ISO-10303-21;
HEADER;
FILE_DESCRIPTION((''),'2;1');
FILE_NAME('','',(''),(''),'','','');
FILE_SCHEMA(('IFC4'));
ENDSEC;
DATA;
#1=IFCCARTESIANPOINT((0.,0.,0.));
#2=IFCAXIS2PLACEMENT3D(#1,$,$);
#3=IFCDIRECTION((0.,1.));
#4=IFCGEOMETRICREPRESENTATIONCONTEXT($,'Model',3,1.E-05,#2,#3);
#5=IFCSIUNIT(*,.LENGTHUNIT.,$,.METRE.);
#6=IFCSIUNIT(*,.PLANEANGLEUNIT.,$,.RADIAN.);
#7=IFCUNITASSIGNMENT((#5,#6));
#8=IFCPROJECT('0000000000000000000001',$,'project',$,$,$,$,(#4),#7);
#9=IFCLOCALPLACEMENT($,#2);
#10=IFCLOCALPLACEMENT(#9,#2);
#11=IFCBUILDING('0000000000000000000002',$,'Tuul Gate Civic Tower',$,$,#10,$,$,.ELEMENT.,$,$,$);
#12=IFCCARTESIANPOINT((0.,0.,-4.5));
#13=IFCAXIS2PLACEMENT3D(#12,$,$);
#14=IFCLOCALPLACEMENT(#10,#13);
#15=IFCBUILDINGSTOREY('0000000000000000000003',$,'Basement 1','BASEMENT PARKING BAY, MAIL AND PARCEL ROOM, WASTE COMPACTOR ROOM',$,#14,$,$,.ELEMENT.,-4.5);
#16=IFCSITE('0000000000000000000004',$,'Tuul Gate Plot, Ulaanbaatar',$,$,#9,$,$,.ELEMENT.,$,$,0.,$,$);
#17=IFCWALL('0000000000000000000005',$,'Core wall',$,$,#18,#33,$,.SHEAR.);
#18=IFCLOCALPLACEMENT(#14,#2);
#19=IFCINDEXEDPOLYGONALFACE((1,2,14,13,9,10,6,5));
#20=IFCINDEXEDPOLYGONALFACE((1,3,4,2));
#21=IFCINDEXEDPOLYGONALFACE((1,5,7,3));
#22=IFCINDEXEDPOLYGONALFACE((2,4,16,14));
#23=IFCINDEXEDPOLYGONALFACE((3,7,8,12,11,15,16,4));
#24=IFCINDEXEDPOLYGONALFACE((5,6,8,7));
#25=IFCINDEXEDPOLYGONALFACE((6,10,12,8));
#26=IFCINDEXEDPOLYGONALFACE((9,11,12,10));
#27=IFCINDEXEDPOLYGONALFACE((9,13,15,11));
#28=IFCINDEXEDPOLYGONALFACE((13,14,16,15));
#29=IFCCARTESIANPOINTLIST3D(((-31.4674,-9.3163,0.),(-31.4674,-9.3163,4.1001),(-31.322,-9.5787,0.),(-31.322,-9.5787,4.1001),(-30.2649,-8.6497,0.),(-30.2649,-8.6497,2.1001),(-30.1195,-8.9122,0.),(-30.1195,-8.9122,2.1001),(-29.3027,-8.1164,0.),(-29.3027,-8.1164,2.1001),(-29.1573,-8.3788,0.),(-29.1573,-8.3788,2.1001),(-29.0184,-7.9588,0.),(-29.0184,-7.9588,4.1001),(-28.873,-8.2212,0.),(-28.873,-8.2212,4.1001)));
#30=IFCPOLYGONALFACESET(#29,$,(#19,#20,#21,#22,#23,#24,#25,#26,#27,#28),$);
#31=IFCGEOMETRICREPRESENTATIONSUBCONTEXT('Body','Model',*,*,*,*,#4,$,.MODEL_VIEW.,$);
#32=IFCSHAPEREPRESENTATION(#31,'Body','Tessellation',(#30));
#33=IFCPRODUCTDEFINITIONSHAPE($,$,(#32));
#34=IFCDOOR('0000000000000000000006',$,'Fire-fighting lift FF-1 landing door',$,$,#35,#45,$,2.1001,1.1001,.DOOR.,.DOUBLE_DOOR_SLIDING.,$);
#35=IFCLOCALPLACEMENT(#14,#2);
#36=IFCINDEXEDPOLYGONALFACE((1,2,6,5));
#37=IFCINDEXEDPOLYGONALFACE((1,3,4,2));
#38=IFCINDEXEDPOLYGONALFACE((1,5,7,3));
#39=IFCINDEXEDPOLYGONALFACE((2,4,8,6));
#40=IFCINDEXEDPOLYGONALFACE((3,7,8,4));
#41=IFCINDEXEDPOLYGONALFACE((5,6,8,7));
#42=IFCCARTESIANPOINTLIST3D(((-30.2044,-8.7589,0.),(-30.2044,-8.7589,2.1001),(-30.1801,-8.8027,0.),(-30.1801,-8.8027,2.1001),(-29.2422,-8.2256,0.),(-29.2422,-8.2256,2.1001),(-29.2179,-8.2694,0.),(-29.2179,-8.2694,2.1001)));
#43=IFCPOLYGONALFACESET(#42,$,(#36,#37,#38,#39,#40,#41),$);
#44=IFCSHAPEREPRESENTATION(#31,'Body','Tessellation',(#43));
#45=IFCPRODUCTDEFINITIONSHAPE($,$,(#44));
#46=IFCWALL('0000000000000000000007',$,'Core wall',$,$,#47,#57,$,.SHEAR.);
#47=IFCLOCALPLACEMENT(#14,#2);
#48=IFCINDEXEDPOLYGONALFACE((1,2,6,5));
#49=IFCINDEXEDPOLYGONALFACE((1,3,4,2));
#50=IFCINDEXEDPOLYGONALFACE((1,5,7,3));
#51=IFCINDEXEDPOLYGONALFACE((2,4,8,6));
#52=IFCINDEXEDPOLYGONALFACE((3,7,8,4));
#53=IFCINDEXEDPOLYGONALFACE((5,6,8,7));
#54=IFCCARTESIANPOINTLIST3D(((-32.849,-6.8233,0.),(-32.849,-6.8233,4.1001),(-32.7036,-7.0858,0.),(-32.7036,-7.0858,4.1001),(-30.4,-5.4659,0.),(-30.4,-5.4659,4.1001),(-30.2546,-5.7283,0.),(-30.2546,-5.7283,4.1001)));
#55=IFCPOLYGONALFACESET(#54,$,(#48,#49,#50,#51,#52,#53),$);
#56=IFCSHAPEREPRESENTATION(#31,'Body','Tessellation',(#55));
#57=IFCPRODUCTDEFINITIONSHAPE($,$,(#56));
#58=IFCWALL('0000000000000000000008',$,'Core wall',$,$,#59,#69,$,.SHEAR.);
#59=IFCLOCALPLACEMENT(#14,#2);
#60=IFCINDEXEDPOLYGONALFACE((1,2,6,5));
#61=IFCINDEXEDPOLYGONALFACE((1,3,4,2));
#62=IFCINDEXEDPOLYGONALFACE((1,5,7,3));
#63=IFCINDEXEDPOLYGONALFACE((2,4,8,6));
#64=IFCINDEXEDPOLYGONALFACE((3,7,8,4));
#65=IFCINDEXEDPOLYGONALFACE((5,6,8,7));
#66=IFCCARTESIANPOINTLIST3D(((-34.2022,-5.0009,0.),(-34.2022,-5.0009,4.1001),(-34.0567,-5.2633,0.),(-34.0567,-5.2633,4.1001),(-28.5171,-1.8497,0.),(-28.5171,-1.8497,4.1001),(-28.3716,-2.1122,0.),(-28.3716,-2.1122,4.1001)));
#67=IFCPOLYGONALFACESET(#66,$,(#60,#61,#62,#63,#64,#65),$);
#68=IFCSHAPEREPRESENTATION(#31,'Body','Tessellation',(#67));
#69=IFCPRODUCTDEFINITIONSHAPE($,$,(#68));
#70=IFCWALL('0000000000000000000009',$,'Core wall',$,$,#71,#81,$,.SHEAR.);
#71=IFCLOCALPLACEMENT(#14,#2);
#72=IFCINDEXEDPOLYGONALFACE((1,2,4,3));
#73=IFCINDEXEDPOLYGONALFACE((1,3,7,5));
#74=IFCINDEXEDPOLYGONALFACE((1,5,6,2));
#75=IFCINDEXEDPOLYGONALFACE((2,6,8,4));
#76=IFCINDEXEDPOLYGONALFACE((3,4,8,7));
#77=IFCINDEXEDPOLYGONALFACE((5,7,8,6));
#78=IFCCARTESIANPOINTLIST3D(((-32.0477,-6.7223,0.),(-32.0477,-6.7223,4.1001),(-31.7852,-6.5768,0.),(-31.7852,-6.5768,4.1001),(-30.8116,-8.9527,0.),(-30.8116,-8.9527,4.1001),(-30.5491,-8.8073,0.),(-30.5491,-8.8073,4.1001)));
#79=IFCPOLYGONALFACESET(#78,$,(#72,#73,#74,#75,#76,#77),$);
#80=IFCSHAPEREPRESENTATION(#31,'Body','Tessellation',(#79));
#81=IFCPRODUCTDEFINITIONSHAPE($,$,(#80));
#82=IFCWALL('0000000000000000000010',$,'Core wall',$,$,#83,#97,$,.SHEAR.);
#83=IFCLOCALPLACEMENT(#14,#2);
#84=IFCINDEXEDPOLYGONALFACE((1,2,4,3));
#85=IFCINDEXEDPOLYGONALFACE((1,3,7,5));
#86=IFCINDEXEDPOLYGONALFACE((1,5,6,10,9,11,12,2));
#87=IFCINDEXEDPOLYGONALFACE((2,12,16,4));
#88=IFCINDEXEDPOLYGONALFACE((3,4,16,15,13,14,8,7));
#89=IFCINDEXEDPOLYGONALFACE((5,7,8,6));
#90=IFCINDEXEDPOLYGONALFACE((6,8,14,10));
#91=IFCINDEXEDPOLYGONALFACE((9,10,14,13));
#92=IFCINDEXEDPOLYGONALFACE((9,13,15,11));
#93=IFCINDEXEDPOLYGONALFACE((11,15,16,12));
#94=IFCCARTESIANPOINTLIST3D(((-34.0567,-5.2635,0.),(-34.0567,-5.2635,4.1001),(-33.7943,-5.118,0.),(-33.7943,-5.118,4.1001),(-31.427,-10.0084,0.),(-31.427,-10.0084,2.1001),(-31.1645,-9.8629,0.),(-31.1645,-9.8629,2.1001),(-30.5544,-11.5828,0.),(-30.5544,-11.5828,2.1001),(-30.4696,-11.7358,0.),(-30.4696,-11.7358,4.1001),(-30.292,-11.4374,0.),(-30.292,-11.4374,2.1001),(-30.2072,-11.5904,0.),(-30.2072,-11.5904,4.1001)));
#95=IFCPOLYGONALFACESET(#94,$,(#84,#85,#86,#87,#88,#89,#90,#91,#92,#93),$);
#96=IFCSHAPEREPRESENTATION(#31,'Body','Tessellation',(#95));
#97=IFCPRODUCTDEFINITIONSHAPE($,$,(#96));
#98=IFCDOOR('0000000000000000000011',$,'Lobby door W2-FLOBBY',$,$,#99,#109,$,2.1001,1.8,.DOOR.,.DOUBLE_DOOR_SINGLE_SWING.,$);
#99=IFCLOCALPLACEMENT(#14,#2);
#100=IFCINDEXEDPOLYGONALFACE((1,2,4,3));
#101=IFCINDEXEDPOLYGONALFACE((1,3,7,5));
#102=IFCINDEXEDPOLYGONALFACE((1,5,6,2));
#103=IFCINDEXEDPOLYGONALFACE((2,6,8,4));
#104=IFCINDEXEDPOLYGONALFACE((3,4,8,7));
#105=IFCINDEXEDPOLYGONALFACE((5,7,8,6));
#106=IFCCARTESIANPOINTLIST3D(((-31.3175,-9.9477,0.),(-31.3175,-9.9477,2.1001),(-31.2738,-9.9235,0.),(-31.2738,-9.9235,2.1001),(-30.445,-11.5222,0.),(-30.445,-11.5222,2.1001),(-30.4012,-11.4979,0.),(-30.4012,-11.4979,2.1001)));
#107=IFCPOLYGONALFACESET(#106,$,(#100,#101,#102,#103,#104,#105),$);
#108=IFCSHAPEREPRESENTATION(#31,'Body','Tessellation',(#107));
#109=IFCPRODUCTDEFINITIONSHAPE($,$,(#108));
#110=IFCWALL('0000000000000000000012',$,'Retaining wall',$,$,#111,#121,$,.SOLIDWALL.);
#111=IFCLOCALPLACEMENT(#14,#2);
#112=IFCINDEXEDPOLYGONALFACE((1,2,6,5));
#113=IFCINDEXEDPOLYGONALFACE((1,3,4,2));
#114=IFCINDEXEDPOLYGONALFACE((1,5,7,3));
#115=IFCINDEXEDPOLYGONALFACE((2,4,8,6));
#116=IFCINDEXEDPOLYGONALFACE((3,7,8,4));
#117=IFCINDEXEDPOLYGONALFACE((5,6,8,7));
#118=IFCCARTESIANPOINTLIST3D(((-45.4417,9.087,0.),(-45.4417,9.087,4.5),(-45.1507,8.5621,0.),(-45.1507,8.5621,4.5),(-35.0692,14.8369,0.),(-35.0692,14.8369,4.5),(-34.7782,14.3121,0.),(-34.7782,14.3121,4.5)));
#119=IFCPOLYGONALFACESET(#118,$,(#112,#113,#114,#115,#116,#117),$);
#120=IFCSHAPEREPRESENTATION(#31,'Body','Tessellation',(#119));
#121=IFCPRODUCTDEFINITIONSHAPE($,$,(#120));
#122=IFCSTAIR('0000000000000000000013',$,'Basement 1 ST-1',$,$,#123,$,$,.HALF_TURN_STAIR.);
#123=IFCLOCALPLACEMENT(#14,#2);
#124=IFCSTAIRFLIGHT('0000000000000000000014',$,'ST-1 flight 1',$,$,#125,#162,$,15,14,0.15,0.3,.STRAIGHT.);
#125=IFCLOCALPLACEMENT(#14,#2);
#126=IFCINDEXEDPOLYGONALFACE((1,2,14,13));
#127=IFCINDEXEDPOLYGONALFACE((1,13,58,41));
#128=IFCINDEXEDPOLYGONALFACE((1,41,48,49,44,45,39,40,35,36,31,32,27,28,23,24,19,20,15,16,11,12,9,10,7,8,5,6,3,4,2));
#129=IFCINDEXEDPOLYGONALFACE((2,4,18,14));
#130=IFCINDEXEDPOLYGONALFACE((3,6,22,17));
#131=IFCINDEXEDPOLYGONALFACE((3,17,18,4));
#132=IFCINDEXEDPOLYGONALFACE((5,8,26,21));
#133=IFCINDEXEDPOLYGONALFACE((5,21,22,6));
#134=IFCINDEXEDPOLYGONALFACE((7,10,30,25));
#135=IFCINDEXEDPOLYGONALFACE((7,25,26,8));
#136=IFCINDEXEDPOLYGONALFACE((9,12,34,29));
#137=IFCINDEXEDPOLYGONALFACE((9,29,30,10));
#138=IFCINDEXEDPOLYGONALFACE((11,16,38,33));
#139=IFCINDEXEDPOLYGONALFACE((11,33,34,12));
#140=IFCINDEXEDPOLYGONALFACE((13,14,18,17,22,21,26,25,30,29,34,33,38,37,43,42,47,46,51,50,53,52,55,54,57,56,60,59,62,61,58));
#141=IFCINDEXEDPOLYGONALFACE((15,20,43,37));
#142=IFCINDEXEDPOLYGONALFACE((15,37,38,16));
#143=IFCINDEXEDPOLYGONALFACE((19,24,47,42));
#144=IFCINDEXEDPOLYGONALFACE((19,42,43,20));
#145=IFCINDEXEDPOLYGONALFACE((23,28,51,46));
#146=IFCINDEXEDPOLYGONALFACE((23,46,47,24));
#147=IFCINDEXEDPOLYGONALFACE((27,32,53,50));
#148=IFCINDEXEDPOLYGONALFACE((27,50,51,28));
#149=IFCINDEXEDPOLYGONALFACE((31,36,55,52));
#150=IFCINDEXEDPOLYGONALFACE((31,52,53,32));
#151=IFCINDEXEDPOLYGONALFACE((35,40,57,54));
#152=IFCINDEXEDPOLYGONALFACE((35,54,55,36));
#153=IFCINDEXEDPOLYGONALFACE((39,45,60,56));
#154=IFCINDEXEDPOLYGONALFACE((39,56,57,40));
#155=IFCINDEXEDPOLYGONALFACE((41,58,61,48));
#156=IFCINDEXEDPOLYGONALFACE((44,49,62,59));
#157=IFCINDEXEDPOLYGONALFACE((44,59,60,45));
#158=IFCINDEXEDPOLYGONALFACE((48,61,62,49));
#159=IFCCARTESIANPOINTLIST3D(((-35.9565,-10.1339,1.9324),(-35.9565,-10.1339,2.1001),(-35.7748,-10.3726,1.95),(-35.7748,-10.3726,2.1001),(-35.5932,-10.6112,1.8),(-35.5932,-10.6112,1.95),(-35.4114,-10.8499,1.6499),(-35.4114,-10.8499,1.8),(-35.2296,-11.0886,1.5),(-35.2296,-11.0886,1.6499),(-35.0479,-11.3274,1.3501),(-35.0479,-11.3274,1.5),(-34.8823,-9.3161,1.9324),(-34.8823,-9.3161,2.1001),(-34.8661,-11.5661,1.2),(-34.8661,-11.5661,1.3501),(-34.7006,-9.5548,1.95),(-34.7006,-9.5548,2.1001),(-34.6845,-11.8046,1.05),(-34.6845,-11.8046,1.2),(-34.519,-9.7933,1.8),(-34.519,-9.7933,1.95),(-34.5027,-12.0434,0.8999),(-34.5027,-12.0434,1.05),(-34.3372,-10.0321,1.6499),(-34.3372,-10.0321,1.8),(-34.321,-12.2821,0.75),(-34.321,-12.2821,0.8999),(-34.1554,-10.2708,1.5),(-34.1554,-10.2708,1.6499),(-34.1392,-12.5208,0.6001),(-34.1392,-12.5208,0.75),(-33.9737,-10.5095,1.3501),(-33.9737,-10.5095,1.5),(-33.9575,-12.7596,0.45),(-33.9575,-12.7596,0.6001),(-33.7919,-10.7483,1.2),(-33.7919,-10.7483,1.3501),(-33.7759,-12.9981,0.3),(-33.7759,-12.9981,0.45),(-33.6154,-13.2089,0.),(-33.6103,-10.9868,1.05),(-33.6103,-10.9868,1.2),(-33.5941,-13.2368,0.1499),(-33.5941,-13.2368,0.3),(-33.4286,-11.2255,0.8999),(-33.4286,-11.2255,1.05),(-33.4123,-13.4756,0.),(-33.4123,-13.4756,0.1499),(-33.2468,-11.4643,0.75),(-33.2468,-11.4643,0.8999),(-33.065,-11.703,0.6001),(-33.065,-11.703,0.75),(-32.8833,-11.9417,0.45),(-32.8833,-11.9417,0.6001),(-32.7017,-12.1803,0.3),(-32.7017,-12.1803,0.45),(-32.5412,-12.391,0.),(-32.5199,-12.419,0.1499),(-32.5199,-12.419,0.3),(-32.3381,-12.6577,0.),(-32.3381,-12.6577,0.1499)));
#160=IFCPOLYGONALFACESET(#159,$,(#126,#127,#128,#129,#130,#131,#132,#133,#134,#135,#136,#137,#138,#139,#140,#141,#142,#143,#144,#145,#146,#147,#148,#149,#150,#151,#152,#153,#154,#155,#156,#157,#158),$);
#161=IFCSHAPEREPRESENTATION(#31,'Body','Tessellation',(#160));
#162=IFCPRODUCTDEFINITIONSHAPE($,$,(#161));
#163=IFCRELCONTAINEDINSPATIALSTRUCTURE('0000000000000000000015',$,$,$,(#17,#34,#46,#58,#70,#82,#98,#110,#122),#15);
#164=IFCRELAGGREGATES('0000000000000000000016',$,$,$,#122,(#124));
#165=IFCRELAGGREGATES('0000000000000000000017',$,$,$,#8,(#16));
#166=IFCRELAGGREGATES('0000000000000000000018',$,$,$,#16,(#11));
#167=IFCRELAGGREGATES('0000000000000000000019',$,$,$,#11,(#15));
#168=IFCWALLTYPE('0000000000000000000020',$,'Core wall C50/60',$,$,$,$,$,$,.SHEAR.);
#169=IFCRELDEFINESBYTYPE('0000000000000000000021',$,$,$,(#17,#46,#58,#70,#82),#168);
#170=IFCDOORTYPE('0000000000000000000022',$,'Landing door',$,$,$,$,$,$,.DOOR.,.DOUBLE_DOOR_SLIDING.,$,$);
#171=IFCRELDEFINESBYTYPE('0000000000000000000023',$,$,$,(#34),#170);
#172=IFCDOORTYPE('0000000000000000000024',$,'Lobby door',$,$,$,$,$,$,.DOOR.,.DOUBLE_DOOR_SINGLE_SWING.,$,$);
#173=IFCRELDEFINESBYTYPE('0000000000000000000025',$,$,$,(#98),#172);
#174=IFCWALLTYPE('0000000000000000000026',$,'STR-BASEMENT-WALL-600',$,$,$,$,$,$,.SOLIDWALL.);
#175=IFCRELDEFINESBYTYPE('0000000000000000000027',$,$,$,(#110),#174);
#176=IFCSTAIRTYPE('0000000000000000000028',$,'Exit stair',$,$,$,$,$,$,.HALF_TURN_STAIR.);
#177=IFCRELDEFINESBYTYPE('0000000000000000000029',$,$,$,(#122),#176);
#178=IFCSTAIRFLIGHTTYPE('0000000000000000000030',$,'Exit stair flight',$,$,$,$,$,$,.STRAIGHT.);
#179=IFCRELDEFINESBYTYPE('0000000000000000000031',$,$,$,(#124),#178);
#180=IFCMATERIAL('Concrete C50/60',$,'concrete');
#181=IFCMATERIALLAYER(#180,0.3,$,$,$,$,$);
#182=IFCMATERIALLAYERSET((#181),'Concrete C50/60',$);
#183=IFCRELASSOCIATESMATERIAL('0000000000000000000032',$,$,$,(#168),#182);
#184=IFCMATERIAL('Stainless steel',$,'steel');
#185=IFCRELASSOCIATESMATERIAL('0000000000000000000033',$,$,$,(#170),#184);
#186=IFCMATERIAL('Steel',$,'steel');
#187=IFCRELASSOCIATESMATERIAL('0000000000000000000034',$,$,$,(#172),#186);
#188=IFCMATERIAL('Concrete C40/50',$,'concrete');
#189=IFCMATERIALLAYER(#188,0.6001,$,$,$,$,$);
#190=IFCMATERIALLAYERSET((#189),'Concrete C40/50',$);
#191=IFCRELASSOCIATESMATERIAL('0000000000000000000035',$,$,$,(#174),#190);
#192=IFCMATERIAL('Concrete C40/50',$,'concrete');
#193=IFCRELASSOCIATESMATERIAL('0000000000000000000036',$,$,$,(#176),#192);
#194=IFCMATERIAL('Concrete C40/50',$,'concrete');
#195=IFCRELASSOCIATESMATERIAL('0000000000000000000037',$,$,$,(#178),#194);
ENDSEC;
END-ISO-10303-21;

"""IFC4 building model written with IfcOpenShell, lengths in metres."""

from ifc_helpers import new_model, si_unit, direction, frame, frame_2d, origin, place, context, subcontext, project, spatial, polyline, rectangle, outline, extrude, material, layer, layer_set, type_object, element, fill, aggregate, save


model = new_model("IFC4")

# Units and contexts
model_context = context("Model", 3, precision=1e-05, world=origin(), true_north=direction((0.0, 1.0)))
body_context = subcontext(model_context, "Body", "Model", "MODEL_VIEW")
ifc_project = project(units=[si_unit("LENGTHUNIT", "METRE"), si_unit("PLANEANGLEUNIT", "RADIAN")], contexts=[model_context])

# Site, building, storey
site_placement = place(None, origin())
site = spatial("IfcSite", under=ifc_project, at=site_placement, Name="Tuul Gate Plot, Ulaanbaatar", CompositionType="ELEMENT", RefElevation=0.0)
building_placement = place(site_placement, origin())
building = spatial("IfcBuilding", under=site, at=building_placement, Name="Tuul Gate Civic Tower", CompositionType="ELEMENT")
storey_placement = place(building_placement, frame((0.0, 0.0, -4.5)))
storey = spatial("IfcBuildingStorey", under=building, at=storey_placement, Name="Basement 1", Description="BASEMENT PARKING BAY, MAIL AND PARCEL ROOM, WASTE COMPACTOR ROOM", CompositionType="ELEMENT", Elevation=-4.5)

# Shared definitions
ifc_material_1 = material(Name="Concrete C50/60", Category="concrete")
ifc_layer_1 = layer(ifc_material_1, 0.3)
ifc_layer_set_1 = layer_set([ifc_layer_1], Name="Concrete C50/60")
wall_type_1 = type_object("IfcWallType", Name="Core wall C50/60", PredefinedType="SHEAR", material=ifc_layer_set_1)

# Wall, opening, door
wall_1_placement = place(storey_placement, frame((-28.9458, -8.0901, 0.0), z_axis=(0.0, 0.0, 1.0), x_axis=(-0.87463, -0.484791, 0.0)))
wall_1 = element("IfcWall", 1, at=wall_1_placement, inside=storey, type_object=wall_type_1, Name="Core wall", PredefinedType="SHEAR", context=body_context, shape_type="SweptSolid", body=[
    extrude(rectangle(XDim=2.8, YDim=0.3, at=frame_2d((1.3999, 0.0))), origin(), (0.0, 0.0, 1.0), 4.1001),
])
opening_1_placement = place(wall_1_placement, frame((0.325, 0.0, 0.0)))
opening_1 = element("IfcOpeningElement", 2, at=opening_1_placement, cuts=wall_1, PredefinedType="OPENING", context=body_context, shape_type="SweptSolid", body=[
    extrude(rectangle(XDim=1.1001, YDim=2.1001, at=frame_2d((0.55, 1.05))), frame((0.0, 0.1602, 0.0), z_axis=(0.0, -1.0, 0.0), x_axis=(1.0, 0.0, 0.0)), (0.0, 0.0, 1.0), 0.3201),
])
ifc_material_2 = material(Name="Stainless steel", Category="steel")
door_type_1 = type_object("IfcDoorType", Name="Landing door", OperationType="DOUBLE_DOOR_SLIDING", PredefinedType="DOOR", material=ifc_material_2)
door_1_placement = place(opening_1_placement, origin())
door_1 = element("IfcDoor", 3, at=door_1_placement, inside=storey, type_object=door_type_1, Name="Fire-fighting lift FF-1 landing door", OperationType="DOUBLE_DOOR_SLIDING", OverallHeight=2.1001, OverallWidth=1.1001, PredefinedType="DOOR", context=body_context, shape_type="SweptSolid", body=[
    extrude(rectangle(XDim=1.1001, YDim=2.1001, at=frame_2d((0.55, 1.05))), frame((0.0, 0.0249, 0.0), z_axis=(0.0, -1.0, 0.0), x_axis=(1.0, 0.0, 0.0)), (0.0, 0.0, 1.0), 0.05),
])
fill(opening_1, door_1)

# Walls
wall_2_placement = place(storey_placement, frame((-30.3274, -5.5972, 0.0), z_axis=(0.0, 0.0, 1.0), x_axis=(-0.87463, -0.484791, 0.0)))
element("IfcWall", 4, at=wall_2_placement, inside=storey, type_object=wall_type_1, Name="Core wall", PredefinedType="SHEAR", context=body_context, shape_type="SweptSolid", body=[
    extrude(rectangle(XDim=2.8, YDim=0.3, at=frame_2d((1.3999, 0.0))), origin(), (0.0, 0.0, 1.0), 4.1001),
])
wall_3_placement = place(storey_placement, frame((-28.4443, -1.981, 0.0), z_axis=(0.0, 0.0, 1.0), x_axis=(-0.87463, -0.484791, 0.0)))
element("IfcWall", 5, at=wall_3_placement, inside=storey, type_object=wall_type_1, Name="Core wall", PredefinedType="SHEAR", context=body_context, shape_type="SweptSolid", body=[
    extrude(rectangle(XDim=6.5, YDim=0.3, at=frame_2d((3.25, 0.0))), origin(), (0.0, 0.0, 1.0), 4.1001),
])
wall_4_placement = place(storey_placement, frame((-30.6804, -8.8799, 0.0), z_axis=(0.0, 0.0, 1.0), x_axis=(-0.484724, 0.874667, 0.0)))
element("IfcWall", 6, at=wall_4_placement, inside=storey, type_object=wall_type_1, Name="Core wall", PredefinedType="SHEAR", context=body_context, shape_type="SweptSolid", body=[
    extrude(rectangle(XDim=2.55, YDim=0.3, at=frame_2d((1.2749, 0.0))), origin(), (0.0, 0.0, 1.0), 4.1001),
])

# Wall, opening, door
wall_5_placement = place(storey_placement, frame((-30.3384, -11.6631, 0.0), z_axis=(0.0, 0.0, 1.0), x_axis=(-0.484752, 0.874652, 0.0)))
wall_5 = element("IfcWall", 7, at=wall_5_placement, inside=storey, type_object=wall_type_1, Name="Core wall", PredefinedType="SHEAR", context=body_context, shape_type="SweptSolid", body=[
    extrude(rectangle(XDim=7.3999, YDim=0.3, at=frame_2d((3.7, 0.0))), origin(), (0.0, 0.0, 1.0), 4.1001),
])
opening_2_placement = place(wall_5_placement, frame((0.175, 0.0, 0.0)))
opening_2 = element("IfcOpeningElement", 8, at=opening_2_placement, cuts=wall_5, PredefinedType="OPENING", context=body_context, shape_type="SweptSolid", body=[
    extrude(rectangle(XDim=1.8, YDim=2.1001, at=frame_2d((0.8999, 1.05))), frame((0.0, 0.1602, 0.0), z_axis=(0.0, -1.0, 0.0), x_axis=(1.0, 0.0, 0.0)), (0.0, 0.0, 1.0), 0.3201),
])
ifc_material_3 = material(Name="Steel", Category="steel")
door_type_2 = type_object("IfcDoorType", Name="Lobby door", OperationType="DOUBLE_DOOR_SINGLE_SWING", PredefinedType="DOOR", material=ifc_material_3)
door_2_placement = place(opening_2_placement, origin())
door_2 = element("IfcDoor", 9, at=door_2_placement, inside=storey, type_object=door_type_2, Name="Lobby door W2-FLOBBY", OperationType="DOUBLE_DOOR_SINGLE_SWING", OverallHeight=2.1001, OverallWidth=1.8, PredefinedType="DOOR", context=body_context, shape_type="SweptSolid", body=[
    extrude(rectangle(XDim=1.8, YDim=2.1001, at=frame_2d((0.8999, 1.05))), frame((0.0, 0.0249, 0.0), z_axis=(0.0, -1.0, 0.0), x_axis=(1.0, 0.0, 0.0)), (0.0, 0.0, 1.0), 0.05),
])
fill(opening_2, door_2)

# Wall
ifc_material_4 = material(Name="Concrete C40/50", Category="concrete")
ifc_layer_2 = layer(ifc_material_4, 0.6001)
ifc_layer_set_2 = layer_set([ifc_layer_2], Name="Concrete C40/50")
wall_type_2 = type_object("IfcWallType", Name="STR-BASEMENT-WALL-600", PredefinedType="SOLIDWALL", material=ifc_layer_set_2)
wall_6_placement = place(storey_placement, frame((-34.9238, 14.5745, 0.0), z_axis=(0.0, 0.0, 1.0), x_axis=(-0.874606, -0.484835, 0.0)))
element("IfcWall", 10, at=wall_6_placement, inside=storey, type_object=wall_type_2, Name="Retaining wall", PredefinedType="SOLIDWALL", context=body_context, shape_type="SweptSolid", body=[
    extrude(rectangle(XDim=11.8596, YDim=0.6001, at=frame_2d((5.9297, 0.0))), origin(), (0.0, 0.0, 1.0), 4.5),
])

# Stair, stair flight
ifc_material_5 = material(Name="Concrete C40/50", Category="concrete")
stair_type = type_object("IfcStairType", Name="Exit stair", PredefinedType="HALF_TURN_STAIR", material=ifc_material_5)
stair_1_placement = place(storey_placement, origin())
stair_1 = element("IfcStair", 11, at=stair_1_placement, inside=storey, type_object=stair_type, Name="Basement 1 ST-1", PredefinedType="HALF_TURN_STAIR")
ifc_material_6 = material(Name="Concrete C40/50", Category="concrete")
stair_flight_type = type_object("IfcStairFlightType", Name="Exit stair flight", PredefinedType="STRAIGHT", material=ifc_material_6)
stair_flight_1_placement = place(storey_placement, frame((-32.8752, -13.0667, 0.0), z_axis=(0.0, 0.0, 1.0), x_axis=(-0.605764, 0.795644, 0.0)))
stair_flight_1 = element("IfcStairFlight", 12, at=stair_flight_1_placement, type_object=stair_flight_type, Name="ST-1 flight 1", NumberOfRisers=15, NumberOfTreads=14, PredefinedType="STRAIGHT", RiserHeight=0.15, TreadLength=0.3, context=body_context, shape_type="SweptSolid", body=[
    extrude(outline(polyline([(0.0, 0.0), (0.0, 0.1499), (0.3, 0.1499), (0.3, 0.3), (0.6001, 0.3), (0.6001, 0.45), (0.8999, 0.45), (0.8999, 0.6001), (1.2, 0.6001), (1.2, 0.75), (1.5, 0.75), (1.5, 0.8999), (1.8, 0.8999), (1.8, 1.05), (2.1001, 1.05), (2.1001, 1.2), (2.3999, 1.2), (2.3999, 1.3501), (2.7, 1.3501), (2.7, 1.5), (3.0, 1.5), (3.0, 1.6499), (3.3, 1.6499), (3.3, 1.8), (3.6001, 1.8), (3.6001, 1.95), (3.8999, 1.95), (3.8999, 2.1001), (4.2, 2.1001), (4.2, 2.25), (4.2, 1.9324), (0.3352, 0.0), (0.0, 0.0)])), frame((0.0, 0.675, 0.0), z_axis=(0.0, -1.0, 0.0), x_axis=(1.0, 0.0, 0.0)), (0.0, 0.0, 1.0), 1.3501),
])
aggregate(stair_1, [stair_flight_1])

save(model, "model.ifc")
